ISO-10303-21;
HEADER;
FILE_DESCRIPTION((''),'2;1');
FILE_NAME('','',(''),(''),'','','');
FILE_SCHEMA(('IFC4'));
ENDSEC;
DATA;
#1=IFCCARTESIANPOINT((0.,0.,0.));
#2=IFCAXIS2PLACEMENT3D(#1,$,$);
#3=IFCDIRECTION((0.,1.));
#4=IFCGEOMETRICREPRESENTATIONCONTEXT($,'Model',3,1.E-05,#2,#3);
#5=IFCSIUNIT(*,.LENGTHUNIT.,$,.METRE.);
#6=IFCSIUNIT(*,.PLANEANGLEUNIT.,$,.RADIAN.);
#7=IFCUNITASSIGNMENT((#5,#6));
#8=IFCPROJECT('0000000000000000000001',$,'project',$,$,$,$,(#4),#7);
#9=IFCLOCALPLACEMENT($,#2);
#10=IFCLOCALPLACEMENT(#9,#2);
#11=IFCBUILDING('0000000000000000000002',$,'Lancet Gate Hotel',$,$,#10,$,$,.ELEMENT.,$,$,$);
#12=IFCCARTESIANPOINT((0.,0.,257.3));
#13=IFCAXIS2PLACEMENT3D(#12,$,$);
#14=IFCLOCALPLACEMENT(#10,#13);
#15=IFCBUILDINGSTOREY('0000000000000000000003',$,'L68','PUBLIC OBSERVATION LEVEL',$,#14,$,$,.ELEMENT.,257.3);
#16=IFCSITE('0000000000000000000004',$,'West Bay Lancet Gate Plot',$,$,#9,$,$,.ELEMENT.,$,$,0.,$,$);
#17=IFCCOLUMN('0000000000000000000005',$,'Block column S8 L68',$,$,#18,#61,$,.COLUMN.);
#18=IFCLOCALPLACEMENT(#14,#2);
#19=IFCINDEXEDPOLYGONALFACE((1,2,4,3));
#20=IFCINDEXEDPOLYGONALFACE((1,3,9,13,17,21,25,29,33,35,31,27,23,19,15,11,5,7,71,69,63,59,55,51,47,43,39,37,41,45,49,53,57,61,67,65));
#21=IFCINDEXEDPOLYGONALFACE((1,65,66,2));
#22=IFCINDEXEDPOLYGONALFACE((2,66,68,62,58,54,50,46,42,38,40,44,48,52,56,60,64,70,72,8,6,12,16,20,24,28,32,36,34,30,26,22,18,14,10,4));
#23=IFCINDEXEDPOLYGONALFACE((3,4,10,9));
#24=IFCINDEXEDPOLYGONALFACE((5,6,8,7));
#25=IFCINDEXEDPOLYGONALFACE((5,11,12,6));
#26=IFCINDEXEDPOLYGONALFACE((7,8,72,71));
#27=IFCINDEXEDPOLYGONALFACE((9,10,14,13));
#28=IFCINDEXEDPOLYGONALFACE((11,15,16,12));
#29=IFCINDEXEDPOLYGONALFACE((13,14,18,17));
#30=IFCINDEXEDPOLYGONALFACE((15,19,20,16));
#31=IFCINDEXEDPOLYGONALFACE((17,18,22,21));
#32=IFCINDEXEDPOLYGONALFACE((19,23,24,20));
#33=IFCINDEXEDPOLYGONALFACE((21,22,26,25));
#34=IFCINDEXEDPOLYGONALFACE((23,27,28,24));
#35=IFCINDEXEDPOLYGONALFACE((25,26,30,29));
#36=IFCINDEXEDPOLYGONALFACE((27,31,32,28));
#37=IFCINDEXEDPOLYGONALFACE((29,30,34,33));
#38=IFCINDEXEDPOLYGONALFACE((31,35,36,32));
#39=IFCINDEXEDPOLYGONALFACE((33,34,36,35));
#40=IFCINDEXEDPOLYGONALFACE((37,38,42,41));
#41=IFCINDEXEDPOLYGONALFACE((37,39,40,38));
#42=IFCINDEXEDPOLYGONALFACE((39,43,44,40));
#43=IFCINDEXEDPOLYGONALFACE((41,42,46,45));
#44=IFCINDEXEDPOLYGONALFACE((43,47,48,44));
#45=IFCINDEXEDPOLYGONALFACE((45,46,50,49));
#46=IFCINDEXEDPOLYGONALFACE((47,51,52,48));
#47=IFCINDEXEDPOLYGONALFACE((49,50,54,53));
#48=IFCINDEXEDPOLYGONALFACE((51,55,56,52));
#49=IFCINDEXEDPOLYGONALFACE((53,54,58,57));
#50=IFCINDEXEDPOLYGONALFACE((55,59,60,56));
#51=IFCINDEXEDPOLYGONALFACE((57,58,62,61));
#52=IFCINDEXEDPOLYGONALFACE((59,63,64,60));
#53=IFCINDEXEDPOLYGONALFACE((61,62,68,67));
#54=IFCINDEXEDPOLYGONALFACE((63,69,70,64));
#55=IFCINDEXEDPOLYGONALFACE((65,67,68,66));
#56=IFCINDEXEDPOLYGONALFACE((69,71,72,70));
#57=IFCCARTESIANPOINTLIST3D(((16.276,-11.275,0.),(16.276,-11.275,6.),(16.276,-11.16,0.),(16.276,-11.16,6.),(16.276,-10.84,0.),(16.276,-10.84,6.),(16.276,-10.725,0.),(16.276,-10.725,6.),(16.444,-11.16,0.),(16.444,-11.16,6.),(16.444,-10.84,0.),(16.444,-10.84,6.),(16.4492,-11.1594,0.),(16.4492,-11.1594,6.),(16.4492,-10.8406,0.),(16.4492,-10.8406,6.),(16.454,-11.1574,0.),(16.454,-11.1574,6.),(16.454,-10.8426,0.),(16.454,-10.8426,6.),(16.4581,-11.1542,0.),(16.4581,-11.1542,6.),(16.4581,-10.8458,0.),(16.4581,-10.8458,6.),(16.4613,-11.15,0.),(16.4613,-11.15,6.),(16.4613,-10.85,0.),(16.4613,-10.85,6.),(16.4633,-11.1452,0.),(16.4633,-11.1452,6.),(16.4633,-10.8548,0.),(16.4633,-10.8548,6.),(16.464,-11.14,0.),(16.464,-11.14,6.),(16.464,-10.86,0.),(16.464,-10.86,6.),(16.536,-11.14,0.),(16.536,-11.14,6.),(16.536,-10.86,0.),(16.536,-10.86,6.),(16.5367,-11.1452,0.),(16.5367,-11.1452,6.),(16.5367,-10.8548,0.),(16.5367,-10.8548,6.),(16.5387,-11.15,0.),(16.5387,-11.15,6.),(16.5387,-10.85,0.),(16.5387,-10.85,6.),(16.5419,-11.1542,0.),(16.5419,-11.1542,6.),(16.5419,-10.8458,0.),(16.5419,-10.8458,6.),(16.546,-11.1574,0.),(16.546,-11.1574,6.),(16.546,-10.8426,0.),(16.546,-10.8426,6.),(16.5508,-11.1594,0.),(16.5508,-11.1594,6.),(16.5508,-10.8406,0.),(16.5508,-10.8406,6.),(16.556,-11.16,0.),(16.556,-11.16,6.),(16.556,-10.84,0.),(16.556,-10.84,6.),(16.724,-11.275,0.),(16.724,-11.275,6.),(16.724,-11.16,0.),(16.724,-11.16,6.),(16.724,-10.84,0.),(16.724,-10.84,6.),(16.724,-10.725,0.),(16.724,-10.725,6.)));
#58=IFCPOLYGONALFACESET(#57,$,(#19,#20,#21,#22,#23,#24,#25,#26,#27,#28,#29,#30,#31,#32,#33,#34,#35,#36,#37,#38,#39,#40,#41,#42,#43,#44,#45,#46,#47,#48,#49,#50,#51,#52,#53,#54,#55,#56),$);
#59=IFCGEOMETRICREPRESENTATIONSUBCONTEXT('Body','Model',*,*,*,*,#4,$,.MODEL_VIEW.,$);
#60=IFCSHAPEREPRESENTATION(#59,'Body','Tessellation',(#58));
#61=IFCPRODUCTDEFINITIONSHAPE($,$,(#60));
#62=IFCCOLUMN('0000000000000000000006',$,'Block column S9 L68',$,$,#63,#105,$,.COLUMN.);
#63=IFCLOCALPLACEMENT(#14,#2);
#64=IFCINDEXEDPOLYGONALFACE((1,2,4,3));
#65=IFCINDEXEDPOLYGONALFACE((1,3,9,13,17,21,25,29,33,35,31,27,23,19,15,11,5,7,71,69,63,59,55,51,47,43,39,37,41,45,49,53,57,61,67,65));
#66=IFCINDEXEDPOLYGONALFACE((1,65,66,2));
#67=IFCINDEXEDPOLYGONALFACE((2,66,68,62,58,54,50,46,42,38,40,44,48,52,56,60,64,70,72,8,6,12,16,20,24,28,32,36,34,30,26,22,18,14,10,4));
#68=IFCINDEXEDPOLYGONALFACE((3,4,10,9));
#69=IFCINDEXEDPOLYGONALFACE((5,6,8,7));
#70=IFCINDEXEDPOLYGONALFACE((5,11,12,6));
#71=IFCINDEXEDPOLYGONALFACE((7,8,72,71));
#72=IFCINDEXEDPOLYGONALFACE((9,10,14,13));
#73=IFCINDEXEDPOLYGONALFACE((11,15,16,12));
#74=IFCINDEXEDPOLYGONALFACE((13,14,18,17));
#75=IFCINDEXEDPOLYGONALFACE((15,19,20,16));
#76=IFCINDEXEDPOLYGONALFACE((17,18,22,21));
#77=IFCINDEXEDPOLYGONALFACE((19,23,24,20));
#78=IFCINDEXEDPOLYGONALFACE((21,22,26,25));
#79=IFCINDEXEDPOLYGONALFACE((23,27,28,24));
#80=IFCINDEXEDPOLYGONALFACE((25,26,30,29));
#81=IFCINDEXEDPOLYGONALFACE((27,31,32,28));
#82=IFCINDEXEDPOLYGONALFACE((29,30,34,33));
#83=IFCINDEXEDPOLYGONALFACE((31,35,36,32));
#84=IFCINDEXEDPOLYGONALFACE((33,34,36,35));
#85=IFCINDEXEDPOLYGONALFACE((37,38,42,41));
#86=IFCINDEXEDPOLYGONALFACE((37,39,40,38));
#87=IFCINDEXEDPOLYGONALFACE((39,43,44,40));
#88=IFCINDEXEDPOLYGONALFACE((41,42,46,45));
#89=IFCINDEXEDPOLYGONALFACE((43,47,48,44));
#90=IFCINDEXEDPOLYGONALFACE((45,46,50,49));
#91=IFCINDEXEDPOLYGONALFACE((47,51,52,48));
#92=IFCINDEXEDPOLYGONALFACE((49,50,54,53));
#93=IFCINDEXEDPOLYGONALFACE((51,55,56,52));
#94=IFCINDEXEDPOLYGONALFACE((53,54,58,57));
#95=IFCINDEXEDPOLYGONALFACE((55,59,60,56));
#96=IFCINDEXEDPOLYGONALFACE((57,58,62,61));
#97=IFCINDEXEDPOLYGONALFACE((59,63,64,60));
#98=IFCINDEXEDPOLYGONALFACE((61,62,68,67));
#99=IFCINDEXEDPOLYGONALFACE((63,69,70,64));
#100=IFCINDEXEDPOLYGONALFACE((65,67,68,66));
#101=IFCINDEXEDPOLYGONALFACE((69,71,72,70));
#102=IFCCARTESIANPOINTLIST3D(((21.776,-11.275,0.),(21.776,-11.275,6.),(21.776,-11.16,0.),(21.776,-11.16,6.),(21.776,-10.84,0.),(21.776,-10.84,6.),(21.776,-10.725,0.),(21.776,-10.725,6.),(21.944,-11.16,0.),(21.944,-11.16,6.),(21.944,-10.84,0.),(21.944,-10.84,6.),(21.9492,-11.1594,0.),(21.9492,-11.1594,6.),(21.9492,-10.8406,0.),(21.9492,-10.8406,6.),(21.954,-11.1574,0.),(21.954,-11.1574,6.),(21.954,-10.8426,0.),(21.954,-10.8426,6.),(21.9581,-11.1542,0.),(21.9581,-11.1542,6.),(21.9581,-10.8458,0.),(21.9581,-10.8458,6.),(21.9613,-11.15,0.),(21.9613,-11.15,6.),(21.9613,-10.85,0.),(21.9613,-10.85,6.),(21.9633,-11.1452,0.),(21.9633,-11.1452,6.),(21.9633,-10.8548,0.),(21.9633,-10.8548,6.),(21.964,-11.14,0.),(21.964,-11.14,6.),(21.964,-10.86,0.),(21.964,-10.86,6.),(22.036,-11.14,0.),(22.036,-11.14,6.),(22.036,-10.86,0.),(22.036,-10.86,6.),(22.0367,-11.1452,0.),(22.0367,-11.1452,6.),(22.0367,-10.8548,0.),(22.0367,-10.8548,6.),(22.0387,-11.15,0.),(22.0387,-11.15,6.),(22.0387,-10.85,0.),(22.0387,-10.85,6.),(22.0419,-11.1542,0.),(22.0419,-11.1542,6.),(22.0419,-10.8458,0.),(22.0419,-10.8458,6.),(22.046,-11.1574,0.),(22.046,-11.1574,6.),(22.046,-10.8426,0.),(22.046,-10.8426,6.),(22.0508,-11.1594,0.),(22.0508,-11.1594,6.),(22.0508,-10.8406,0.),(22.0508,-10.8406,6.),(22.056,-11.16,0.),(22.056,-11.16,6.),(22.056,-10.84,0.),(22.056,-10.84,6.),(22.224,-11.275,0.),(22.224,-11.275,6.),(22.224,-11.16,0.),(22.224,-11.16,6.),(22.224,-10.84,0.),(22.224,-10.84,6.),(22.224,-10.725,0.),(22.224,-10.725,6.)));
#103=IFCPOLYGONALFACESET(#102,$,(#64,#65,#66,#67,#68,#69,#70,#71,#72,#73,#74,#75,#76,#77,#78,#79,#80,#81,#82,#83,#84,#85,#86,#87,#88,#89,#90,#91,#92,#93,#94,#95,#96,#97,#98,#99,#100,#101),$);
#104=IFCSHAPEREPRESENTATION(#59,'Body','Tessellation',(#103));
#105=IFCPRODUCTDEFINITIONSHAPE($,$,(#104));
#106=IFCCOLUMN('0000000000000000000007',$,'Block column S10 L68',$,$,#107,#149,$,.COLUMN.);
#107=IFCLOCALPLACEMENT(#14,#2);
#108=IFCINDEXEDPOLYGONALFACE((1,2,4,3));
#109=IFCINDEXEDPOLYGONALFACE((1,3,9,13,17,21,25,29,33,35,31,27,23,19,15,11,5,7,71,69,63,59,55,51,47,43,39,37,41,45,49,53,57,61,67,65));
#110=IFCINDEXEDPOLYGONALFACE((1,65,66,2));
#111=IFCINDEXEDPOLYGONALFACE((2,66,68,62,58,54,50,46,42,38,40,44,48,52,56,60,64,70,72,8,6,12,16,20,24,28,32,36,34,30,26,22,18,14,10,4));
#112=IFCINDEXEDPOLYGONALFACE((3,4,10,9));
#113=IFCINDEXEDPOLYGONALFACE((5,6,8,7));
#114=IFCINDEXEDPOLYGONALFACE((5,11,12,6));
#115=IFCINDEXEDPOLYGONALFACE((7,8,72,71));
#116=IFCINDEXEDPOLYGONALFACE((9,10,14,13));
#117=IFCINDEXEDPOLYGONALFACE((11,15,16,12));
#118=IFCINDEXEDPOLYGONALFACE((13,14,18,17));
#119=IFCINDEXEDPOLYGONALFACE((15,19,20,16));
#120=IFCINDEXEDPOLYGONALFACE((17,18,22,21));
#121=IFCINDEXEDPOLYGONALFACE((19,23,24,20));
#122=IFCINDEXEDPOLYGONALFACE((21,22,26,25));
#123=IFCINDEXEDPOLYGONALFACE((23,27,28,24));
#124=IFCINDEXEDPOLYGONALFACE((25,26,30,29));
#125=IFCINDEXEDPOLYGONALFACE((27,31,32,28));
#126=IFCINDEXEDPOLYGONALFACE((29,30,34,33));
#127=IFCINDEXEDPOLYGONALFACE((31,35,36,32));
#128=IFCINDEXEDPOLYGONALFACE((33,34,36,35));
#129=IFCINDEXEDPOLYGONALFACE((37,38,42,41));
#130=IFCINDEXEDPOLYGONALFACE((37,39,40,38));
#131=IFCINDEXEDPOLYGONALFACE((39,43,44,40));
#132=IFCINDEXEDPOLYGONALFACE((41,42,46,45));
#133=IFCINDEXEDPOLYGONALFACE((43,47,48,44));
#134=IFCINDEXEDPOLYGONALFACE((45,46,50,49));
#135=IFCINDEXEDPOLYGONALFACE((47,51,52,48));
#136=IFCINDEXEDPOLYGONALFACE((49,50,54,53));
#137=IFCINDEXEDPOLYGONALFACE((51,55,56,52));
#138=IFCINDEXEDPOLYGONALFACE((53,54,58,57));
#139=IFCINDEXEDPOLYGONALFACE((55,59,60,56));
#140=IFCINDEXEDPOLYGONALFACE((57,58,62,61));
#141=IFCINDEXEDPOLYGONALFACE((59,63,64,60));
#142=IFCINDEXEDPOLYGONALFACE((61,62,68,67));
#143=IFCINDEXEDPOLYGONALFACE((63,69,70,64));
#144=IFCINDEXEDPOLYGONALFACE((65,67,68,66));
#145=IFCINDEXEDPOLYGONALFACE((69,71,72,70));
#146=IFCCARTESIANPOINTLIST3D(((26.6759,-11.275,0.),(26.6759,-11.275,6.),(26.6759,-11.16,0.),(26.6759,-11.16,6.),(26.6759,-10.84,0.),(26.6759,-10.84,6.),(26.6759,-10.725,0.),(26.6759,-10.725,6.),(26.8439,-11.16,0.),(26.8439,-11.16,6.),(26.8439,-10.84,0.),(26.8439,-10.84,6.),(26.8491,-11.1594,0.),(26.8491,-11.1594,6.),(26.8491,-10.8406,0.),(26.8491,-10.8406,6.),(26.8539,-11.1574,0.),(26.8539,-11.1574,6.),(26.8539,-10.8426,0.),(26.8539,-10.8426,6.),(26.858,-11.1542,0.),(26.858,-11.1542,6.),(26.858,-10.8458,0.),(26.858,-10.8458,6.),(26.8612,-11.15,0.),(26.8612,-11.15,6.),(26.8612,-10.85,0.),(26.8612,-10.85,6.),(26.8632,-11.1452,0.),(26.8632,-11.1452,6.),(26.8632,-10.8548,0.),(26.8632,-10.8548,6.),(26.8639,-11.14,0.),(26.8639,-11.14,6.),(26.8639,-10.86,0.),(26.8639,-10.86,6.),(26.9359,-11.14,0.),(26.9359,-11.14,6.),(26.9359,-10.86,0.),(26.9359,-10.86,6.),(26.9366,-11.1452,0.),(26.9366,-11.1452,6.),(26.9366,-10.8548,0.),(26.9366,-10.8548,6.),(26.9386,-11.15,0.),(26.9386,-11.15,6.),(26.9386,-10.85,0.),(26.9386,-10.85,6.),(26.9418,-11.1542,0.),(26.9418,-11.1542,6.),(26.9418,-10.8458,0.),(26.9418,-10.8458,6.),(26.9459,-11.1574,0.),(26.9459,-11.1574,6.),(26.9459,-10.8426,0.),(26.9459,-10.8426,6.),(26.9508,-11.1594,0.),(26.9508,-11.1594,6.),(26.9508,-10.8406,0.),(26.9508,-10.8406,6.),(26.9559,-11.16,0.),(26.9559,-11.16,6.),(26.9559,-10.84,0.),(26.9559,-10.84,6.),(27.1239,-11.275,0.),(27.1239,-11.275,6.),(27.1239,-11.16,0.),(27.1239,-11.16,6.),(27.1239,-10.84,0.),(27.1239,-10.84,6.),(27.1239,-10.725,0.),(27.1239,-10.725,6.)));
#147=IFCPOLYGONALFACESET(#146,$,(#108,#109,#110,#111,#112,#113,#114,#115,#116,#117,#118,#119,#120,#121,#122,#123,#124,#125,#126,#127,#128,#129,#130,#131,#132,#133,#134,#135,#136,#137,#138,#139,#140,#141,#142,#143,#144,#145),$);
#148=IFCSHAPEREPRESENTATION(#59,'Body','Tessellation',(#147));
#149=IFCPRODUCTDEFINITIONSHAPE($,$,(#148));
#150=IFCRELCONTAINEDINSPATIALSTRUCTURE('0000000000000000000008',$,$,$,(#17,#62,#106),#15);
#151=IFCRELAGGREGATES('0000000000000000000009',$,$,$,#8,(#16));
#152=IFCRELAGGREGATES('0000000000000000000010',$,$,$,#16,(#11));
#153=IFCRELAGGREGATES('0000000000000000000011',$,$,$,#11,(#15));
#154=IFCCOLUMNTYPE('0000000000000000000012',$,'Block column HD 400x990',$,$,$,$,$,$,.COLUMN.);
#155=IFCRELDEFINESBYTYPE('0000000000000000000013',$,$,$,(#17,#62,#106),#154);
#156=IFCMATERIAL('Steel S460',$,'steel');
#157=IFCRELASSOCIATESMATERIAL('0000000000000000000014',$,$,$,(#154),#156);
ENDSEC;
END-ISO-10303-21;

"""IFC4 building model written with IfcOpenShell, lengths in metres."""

from ifc_helpers import new_model, si_unit, direction, frame, origin, origin_2d, place, context, subcontext, project, spatial, i_section, extrude, material, material_profile, profile_set, type_object, element, save


model = new_model("IFC4")

# Units and contexts
model_context = context("Model", 3, precision=1e-05, world=origin(), true_north=direction((0.0, 1.0)))
body_context = subcontext(model_context, "Body", "Model", "MODEL_VIEW")
ifc_project = project(units=[si_unit("LENGTHUNIT", "METRE"), si_unit("PLANEANGLEUNIT", "RADIAN")], contexts=[model_context])

# Site, building, storey
site_placement = place(None, origin())
site = spatial("IfcSite", under=ifc_project, at=site_placement, Name="West Bay Lancet Gate Plot", CompositionType="ELEMENT", RefElevation=0.0)
building_placement = place(site_placement, origin())
building = spatial("IfcBuilding", under=site, at=building_placement, Name="Lancet Gate Hotel", CompositionType="ELEMENT")
storey_placement = place(building_placement, frame((0.0, 0.0, 257.3)))
storey = spatial("IfcBuildingStorey", under=building, at=storey_placement, Name="L68", Description="PUBLIC OBSERVATION LEVEL", CompositionType="ELEMENT", Elevation=257.3)

# Columns
ifc_material_1 = material(Name="Steel S460", Category="steel")
ifc_material_profile_1 = material_profile(ifc_material_1, i_section(OverallWidth=0.448, OverallDepth=0.55, WebThickness=0.072, FlangeThickness=0.115, FilletRadius=0.02, at=origin_2d()), Name="HD 400x990")
ifc_profile_set_1 = profile_set([ifc_material_profile_1], Name="Steel S460")
column_type_1 = type_object("IfcColumnType", Name="Block column HD 400x990", PredefinedType="COLUMN", material=ifc_profile_set_1)
for number, where, z_axis, x_axis, name in (
    (1, (16.5, -11.0, 0.0), (0.0, 0.0, 1.0), (1.0, 0.0, 0.0), "Block column S8 L68"),
    (2, (22.0, -11.0, 0.0), (0.0, 0.0, 1.0), (1.0, 0.0, 0.0), "Block column S9 L68"),
    (3, (26.8999, -11.0, 0.0), (0.0, 0.0, 1.0), (1.0, 0.0, 0.0), "Block column S10 L68"),
):
    element("IfcColumn", number, at=place(storey_placement, frame(where, z_axis=z_axis, x_axis=x_axis)), inside=storey, type_object=column_type_1, Name=name, PredefinedType="COLUMN", context=body_context, shape_type="SweptSolid", body=[
        extrude(i_section(OverallWidth=0.448, OverallDepth=0.55, WebThickness=0.072, FlangeThickness=0.115, FilletRadius=0.02, at=origin_2d()), origin(), (0.0, 0.0, 1.0), 6.0),
    ])

save(model, "model.ifc")
